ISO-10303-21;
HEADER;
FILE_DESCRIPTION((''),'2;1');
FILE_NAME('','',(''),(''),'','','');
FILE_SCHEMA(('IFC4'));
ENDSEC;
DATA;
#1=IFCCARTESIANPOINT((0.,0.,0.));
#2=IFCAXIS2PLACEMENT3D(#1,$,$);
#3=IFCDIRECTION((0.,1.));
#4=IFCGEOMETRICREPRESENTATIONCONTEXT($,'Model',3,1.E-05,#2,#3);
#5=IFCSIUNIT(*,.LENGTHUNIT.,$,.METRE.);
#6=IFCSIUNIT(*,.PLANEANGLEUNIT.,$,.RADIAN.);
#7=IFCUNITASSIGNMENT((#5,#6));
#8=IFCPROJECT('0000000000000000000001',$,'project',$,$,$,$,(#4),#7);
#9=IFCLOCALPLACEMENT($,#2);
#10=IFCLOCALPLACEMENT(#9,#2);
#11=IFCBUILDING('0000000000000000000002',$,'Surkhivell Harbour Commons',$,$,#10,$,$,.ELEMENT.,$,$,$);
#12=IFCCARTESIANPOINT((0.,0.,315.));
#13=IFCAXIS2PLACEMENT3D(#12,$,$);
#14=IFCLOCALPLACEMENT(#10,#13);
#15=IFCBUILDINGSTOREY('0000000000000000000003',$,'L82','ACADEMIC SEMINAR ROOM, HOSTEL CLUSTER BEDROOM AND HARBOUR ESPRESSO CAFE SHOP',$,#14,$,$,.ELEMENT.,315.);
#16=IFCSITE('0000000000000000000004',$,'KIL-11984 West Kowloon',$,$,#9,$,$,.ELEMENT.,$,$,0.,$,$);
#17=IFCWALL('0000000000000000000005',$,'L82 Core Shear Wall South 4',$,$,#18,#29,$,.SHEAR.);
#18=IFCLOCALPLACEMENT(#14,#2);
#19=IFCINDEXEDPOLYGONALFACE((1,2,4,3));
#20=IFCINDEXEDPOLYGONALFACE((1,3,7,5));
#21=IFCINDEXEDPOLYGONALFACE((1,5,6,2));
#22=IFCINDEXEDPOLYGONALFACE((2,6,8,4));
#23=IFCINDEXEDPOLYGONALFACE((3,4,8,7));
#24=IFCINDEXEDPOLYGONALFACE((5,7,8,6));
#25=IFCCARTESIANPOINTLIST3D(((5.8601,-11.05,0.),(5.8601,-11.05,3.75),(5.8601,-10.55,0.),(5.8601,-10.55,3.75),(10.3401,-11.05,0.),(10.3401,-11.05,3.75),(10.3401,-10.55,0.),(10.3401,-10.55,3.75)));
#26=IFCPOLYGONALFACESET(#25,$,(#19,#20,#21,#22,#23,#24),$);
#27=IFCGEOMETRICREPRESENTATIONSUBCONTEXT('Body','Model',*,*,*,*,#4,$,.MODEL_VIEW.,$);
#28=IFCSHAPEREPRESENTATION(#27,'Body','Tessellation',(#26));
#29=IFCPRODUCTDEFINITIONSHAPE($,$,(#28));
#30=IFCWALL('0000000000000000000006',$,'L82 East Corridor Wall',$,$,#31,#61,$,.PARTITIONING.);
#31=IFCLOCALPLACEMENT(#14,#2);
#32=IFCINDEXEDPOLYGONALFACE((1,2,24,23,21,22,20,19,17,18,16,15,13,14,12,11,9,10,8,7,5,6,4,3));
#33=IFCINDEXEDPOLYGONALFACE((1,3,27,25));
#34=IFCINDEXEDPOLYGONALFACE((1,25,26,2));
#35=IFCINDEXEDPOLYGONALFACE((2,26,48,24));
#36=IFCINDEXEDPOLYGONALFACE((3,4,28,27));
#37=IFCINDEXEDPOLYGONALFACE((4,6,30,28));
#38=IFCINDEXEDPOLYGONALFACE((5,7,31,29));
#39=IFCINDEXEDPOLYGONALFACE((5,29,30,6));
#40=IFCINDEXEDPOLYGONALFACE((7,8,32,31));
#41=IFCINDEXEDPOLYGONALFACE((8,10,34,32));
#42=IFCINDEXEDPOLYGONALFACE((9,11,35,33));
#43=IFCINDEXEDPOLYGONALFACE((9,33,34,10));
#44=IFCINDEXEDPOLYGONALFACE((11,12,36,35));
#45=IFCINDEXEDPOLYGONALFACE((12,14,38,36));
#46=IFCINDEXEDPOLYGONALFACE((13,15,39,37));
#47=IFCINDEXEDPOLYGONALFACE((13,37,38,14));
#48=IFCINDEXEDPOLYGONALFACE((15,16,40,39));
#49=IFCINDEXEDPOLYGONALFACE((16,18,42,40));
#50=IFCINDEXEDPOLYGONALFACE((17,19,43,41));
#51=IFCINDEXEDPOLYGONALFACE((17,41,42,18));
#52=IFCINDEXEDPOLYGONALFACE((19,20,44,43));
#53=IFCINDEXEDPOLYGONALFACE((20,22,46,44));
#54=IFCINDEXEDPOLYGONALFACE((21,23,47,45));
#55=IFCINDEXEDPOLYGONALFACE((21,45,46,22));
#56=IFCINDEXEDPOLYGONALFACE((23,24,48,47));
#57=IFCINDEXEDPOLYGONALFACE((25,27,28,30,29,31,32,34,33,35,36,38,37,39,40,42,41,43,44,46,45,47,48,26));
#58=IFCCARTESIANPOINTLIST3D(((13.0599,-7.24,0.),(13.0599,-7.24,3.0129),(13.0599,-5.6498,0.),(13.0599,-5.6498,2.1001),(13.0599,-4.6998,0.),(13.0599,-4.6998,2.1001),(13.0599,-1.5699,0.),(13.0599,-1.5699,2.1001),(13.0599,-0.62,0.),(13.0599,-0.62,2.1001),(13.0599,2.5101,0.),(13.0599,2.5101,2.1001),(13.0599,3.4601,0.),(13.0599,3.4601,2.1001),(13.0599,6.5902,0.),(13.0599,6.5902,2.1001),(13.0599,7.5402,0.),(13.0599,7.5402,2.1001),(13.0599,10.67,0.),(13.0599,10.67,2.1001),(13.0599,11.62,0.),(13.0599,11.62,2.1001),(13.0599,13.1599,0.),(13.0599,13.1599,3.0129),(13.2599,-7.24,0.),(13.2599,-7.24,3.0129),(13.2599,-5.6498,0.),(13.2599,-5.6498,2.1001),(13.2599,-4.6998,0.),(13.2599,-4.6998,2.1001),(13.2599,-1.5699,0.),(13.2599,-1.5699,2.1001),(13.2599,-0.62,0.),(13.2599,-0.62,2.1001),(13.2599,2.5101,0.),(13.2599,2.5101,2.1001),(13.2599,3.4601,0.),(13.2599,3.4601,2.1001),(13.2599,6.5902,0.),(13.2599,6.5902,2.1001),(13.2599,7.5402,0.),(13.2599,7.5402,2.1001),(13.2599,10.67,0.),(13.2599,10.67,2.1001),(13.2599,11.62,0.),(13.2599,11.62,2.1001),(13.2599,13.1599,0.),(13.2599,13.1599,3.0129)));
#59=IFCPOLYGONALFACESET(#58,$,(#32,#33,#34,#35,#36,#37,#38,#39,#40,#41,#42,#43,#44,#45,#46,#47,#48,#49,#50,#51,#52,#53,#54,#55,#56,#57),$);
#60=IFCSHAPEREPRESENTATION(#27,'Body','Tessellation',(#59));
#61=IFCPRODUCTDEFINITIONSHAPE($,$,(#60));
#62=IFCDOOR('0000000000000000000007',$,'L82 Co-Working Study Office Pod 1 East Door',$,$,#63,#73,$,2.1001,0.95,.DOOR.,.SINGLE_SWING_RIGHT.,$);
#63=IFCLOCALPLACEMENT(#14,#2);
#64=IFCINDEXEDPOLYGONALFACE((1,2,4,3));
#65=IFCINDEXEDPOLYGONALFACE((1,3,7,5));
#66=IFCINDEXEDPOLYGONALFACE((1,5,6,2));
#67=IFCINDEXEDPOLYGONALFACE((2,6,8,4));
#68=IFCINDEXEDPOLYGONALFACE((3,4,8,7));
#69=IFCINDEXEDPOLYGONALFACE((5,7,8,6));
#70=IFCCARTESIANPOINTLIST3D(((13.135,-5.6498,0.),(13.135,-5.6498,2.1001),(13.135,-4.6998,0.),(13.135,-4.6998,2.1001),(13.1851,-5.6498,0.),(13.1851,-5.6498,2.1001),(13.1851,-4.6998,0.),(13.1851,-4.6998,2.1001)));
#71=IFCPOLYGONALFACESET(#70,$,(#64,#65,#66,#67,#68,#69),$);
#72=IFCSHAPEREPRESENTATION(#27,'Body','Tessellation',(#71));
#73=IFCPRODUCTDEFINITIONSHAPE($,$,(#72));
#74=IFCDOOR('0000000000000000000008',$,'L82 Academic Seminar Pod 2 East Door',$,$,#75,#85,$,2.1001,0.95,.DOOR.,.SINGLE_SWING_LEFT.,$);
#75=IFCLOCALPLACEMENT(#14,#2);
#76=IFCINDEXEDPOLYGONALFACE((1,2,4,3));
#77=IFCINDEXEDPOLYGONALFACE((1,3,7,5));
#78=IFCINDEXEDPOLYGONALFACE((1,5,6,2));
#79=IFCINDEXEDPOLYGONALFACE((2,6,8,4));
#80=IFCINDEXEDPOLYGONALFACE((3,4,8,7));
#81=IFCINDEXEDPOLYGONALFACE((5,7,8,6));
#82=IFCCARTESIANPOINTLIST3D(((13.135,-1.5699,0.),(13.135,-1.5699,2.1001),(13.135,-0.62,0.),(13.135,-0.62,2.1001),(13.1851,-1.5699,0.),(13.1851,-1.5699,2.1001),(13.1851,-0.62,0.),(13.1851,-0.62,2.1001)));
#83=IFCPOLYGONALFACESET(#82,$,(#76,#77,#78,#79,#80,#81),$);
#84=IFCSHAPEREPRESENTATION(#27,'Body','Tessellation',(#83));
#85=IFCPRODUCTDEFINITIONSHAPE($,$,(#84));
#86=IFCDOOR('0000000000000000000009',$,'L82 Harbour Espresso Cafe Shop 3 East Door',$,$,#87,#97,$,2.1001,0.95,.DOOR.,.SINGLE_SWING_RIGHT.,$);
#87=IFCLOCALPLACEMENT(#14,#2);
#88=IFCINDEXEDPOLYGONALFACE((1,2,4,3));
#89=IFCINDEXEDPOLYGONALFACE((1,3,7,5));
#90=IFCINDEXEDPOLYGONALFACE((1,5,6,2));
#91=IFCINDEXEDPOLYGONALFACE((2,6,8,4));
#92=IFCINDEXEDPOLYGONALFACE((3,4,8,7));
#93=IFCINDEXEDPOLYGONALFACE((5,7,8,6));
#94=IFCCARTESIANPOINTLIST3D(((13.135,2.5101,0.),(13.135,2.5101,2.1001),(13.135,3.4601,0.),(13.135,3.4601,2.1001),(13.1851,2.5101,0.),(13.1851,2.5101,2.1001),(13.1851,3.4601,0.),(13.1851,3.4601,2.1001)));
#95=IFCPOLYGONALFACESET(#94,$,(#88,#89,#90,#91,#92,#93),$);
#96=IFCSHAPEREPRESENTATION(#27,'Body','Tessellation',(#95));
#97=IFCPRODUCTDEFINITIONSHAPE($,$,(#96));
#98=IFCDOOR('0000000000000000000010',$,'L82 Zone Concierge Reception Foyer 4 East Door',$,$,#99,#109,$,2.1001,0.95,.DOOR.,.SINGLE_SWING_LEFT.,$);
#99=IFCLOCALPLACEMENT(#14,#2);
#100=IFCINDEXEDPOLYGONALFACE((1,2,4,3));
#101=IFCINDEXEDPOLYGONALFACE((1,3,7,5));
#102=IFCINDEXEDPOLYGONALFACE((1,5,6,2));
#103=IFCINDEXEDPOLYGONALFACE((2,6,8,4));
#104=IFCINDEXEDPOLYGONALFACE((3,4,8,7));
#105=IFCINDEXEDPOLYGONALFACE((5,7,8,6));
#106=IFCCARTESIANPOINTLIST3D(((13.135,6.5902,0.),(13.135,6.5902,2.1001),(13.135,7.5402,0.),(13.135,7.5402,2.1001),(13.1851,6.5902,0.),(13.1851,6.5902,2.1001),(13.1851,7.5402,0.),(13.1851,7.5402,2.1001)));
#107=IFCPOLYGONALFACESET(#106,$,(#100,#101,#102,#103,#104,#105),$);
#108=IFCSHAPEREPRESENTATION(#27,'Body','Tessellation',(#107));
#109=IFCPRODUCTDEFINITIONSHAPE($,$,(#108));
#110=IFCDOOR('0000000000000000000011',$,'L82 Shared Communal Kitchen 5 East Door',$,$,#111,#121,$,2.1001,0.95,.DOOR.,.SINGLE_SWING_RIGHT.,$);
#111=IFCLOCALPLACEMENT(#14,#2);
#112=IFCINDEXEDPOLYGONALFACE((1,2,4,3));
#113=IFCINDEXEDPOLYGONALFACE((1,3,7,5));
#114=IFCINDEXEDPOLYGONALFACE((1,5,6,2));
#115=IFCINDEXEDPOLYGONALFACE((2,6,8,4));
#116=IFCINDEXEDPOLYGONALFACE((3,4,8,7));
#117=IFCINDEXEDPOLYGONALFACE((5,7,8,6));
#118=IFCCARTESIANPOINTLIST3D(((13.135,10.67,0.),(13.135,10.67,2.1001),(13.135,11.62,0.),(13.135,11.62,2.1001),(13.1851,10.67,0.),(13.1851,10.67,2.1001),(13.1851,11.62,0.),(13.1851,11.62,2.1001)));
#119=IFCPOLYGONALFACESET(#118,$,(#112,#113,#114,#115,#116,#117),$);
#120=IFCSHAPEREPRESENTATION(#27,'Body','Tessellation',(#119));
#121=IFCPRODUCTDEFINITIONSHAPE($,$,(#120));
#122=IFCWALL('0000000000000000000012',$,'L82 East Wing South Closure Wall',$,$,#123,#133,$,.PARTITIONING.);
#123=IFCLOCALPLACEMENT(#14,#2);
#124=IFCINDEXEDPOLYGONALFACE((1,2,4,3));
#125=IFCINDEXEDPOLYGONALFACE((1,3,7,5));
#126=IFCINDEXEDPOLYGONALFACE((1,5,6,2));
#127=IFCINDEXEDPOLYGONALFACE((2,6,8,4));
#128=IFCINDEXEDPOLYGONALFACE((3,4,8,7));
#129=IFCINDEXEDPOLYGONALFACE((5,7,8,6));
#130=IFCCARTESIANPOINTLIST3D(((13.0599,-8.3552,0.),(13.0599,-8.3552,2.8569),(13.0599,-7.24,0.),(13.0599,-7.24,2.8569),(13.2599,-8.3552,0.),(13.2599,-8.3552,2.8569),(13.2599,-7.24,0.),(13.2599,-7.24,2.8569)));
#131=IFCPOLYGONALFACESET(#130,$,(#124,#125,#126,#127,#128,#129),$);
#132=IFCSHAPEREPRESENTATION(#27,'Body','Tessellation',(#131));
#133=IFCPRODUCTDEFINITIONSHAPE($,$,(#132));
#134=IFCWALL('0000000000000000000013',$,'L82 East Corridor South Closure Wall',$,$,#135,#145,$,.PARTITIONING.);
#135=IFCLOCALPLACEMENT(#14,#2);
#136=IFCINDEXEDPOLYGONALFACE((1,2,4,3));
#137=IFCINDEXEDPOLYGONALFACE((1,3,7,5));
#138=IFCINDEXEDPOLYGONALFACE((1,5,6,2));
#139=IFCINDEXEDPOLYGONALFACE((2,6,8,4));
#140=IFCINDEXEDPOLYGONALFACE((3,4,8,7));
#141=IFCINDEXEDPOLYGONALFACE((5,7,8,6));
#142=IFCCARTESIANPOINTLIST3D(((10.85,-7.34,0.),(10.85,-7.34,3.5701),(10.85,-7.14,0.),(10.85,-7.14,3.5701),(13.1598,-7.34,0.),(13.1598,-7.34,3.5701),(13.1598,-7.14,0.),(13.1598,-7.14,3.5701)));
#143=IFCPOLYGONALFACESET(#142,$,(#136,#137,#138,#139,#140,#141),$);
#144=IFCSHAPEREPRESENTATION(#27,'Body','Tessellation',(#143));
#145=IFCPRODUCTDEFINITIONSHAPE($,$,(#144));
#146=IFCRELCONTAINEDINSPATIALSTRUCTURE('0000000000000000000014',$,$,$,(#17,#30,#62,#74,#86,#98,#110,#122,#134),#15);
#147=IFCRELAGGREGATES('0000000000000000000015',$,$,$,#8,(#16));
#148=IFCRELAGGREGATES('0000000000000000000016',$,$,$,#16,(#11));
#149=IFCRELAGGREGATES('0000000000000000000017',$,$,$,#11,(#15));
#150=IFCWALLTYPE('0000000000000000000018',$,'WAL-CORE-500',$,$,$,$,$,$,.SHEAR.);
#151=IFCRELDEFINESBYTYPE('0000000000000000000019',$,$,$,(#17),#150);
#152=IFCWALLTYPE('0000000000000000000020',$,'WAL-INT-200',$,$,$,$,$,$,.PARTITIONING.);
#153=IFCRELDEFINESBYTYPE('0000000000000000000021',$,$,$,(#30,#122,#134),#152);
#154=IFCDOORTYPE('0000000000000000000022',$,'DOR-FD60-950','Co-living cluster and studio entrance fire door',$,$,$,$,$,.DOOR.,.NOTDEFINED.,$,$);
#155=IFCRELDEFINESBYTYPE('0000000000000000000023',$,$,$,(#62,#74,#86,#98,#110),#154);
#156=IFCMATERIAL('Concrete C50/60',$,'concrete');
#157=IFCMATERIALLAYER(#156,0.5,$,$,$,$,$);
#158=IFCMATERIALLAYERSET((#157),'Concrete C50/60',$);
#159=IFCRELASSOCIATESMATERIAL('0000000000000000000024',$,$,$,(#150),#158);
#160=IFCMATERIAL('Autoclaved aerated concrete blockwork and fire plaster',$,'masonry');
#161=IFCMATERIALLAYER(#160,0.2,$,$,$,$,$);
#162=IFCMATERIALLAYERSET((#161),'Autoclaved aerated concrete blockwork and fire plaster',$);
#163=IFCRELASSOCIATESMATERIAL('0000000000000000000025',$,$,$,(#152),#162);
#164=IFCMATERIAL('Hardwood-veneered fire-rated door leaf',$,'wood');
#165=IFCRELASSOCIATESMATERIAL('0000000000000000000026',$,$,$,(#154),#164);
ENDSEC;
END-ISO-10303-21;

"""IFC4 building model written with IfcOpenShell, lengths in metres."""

from ifc_helpers import new_model, si_unit, direction, frame, frame_2d, origin, place, context, subcontext, project, spatial, rectangle, extrude, material, layer, layer_set, type_object, element, fill, save


model = new_model("IFC4")

# Units and contexts
model_context = context("Model", 3, precision=1e-05, world=origin(), true_north=direction((0.0, 1.0)))
body_context = subcontext(model_context, "Body", "Model", "MODEL_VIEW")
ifc_project = project(units=[si_unit("LENGTHUNIT", "METRE"), si_unit("PLANEANGLEUNIT", "RADIAN")], contexts=[model_context])

# Site, building, storey
site_placement = place(None, origin())
site = spatial("IfcSite", under=ifc_project, at=site_placement, Name="KIL-11984 West Kowloon", CompositionType="ELEMENT", RefElevation=0.0)
building_placement = place(site_placement, origin())
building = spatial("IfcBuilding", under=site, at=building_placement, Name="Surkhivell Harbour Commons", CompositionType="ELEMENT")
storey_placement = place(building_placement, frame((0.0, 0.0, 315.0)))
storey = spatial("IfcBuildingStorey", under=building, at=storey_placement, Name="L82", Description="ACADEMIC SEMINAR ROOM, HOSTEL CLUSTER BEDROOM AND HARBOUR ESPRESSO CAFE SHOP", CompositionType="ELEMENT", Elevation=315.0)

# Wall
ifc_material_1 = material(Name="Concrete C50/60", Category="concrete")
ifc_layer_1 = layer(ifc_material_1, 0.5)
ifc_layer_set_1 = layer_set([ifc_layer_1], Name="Concrete C50/60")
wall_type_1 = type_object("IfcWallType", Name="WAL-CORE-500", PredefinedType="SHEAR", material=ifc_layer_set_1)
for number, where, z_axis, x_axis, name in (
    (1, (5.8601, -10.8, 0.0), (0.0, 0.0, 1.0), (1.0, 0.0, 0.0), "L82 Core Shear Wall South 4"),
):
    element("IfcWall", number, at=place(storey_placement, frame(where, z_axis=z_axis, x_axis=x_axis)), inside=storey, type_object=wall_type_1, Name=name, PredefinedType="SHEAR", context=body_context, shape_type="SweptSolid", body=[
        extrude(rectangle(XDim=4.48, YDim=0.5, at=frame_2d((2.24, 0.0))), origin(), (0.0, 0.0, 1.0), 3.75),
    ])

# Wall, openings, doors
ifc_material_2 = material(Name="Autoclaved aerated concrete blockwork and fire plaster", Category="masonry")
ifc_layer_2 = layer(ifc_material_2, 0.2)
ifc_layer_set_2 = layer_set([ifc_layer_2], Name="Autoclaved aerated concrete blockwork and fire plaster")
wall_type_2 = type_object("IfcWallType", Name="WAL-INT-200", PredefinedType="PARTITIONING", material=ifc_layer_set_2)
wall_1_placement = place(storey_placement, frame((13.1599, -7.24, 0.0), z_axis=(0.0, 0.0, 1.0), x_axis=(0.0, 1.0, 0.0)))
wall_1 = element("IfcWall", 2, at=wall_1_placement, inside=storey, type_object=wall_type_2, Name="L82 East Corridor Wall", PredefinedType="PARTITIONING", context=body_context, shape_type="SweptSolid", body=[
    extrude(rectangle(XDim=20.3999, YDim=0.2, at=frame_2d((10.2, 0.0))), origin(), (0.0, 0.0, 1.0), 3.0129),
])
opening_1_placement = place(wall_1_placement, frame((1.5901, 0.0, 0.0)))
opening_1 = element("IfcOpeningElement", 3, at=opening_1_placement, cuts=wall_1, PredefinedType="OPENING", context=body_context, shape_type="SweptSolid", body=[
    extrude(rectangle(XDim=0.95, YDim=2.1001, at=frame_2d((0.4751, 1.05))), frame((0.0, 0.1099, 0.0), z_axis=(0.0, -1.0, 0.0), x_axis=(1.0, 0.0, 0.0)), (0.0, 0.0, 1.0), 0.22),
])
opening_2_placement = place(wall_1_placement, frame((5.6699, 0.0, 0.0)))
opening_2 = element("IfcOpeningElement", 4, at=opening_2_placement, cuts=wall_1, PredefinedType="OPENING", context=body_context, shape_type="SweptSolid", body=[
    extrude(rectangle(XDim=0.95, YDim=2.1001, at=frame_2d((0.4751, 1.05))), frame((0.0, 0.1099, 0.0), z_axis=(0.0, -1.0, 0.0), x_axis=(1.0, 0.0, 0.0)), (0.0, 0.0, 1.0), 0.22),
])
opening_3_placement = place(wall_1_placement, frame((9.75, 0.0, 0.0)))
opening_3 = element("IfcOpeningElement", 5, at=opening_3_placement, cuts=wall_1, PredefinedType="OPENING", context=body_context, shape_type="SweptSolid", body=[
    extrude(rectangle(XDim=0.95, YDim=2.1001, at=frame_2d((0.4751, 1.05))), frame((0.0, 0.1099, 0.0), z_axis=(0.0, -1.0, 0.0), x_axis=(1.0, 0.0, 0.0)), (0.0, 0.0, 1.0), 0.22),
])
opening_4_placement = place(wall_1_placement, frame((13.8301, 0.0, 0.0)))
opening_4 = element("IfcOpeningElement", 6, at=opening_4_placement, cuts=wall_1, PredefinedType="OPENING", context=body_context, shape_type="SweptSolid", body=[
    extrude(rectangle(XDim=0.95, YDim=2.1001, at=frame_2d((0.4751, 1.05))), frame((0.0, 0.1099, 0.0), z_axis=(0.0, -1.0, 0.0), x_axis=(1.0, 0.0, 0.0)), (0.0, 0.0, 1.0), 0.22),
])
opening_5_placement = place(wall_1_placement, frame((17.9099, 0.0, 0.0)))
opening_5 = element("IfcOpeningElement", 7, at=opening_5_placement, cuts=wall_1, PredefinedType="OPENING", context=body_context, shape_type="SweptSolid", body=[
    extrude(rectangle(XDim=0.95, YDim=2.1001, at=frame_2d((0.4751, 1.05))), frame((0.0, 0.1099, 0.0), z_axis=(0.0, -1.0, 0.0), x_axis=(1.0, 0.0, 0.0)), (0.0, 0.0, 1.0), 0.22),
])
ifc_material_3 = material(Name="Hardwood-veneered fire-rated door leaf", Category="wood")
door_type = type_object("IfcDoorType", Name="DOR-FD60-950", Description="Co-living cluster and studio entrance fire door", OperationType="NOTDEFINED", PredefinedType="DOOR", material=ifc_material_3)
door_1_placement = place(opening_1_placement, origin())
door_1 = element("IfcDoor", 8, at=door_1_placement, inside=storey, type_object=door_type, Name="L82 Co-Working Study Office Pod 1 East Door", OperationType="SINGLE_SWING_RIGHT", OverallHeight=2.1001, OverallWidth=0.95, PredefinedType="DOOR", context=body_context, shape_type="SweptSolid", body=[
    extrude(rectangle(XDim=0.95, YDim=2.1001, at=frame_2d((0.4751, 1.05))), frame((0.0, 0.0249, 0.0), z_axis=(0.0, -1.0, 0.0), x_axis=(1.0, 0.0, 0.0)), (0.0, 0.0, 1.0), 0.05),
])
fill(opening_1, door_1)
door_2_placement = place(opening_2_placement, origin())
door_2 = element("IfcDoor", 9, at=door_2_placement, inside=storey, type_object=door_type, Name="L82 Academic Seminar Pod 2 East Door", OperationType="SINGLE_SWING_LEFT", OverallHeight=2.1001, OverallWidth=0.95, PredefinedType="DOOR", context=body_context, shape_type="SweptSolid", body=[
    extrude(rectangle(XDim=0.95, YDim=2.1001, at=frame_2d((0.4751, 1.05))), frame((0.0, 0.0249, 0.0), z_axis=(0.0, -1.0, 0.0), x_axis=(1.0, 0.0, 0.0)), (0.0, 0.0, 1.0), 0.05),
])
fill(opening_2, door_2)
door_3_placement = place(opening_3_placement, origin())
door_3 = element("IfcDoor", 10, at=door_3_placement, inside=storey, type_object=door_type, Name="L82 Harbour Espresso Cafe Shop 3 East Door", OperationType="SINGLE_SWING_RIGHT", OverallHeight=2.1001, OverallWidth=0.95, PredefinedType="DOOR", context=body_context, shape_type="SweptSolid", body=[
    extrude(rectangle(XDim=0.95, YDim=2.1001, at=frame_2d((0.4751, 1.05))), frame((0.0, 0.0249, 0.0), z_axis=(0.0, -1.0, 0.0), x_axis=(1.0, 0.0, 0.0)), (0.0, 0.0, 1.0), 0.05),
])
fill(opening_3, door_3)
door_4_placement = place(opening_4_placement, origin())
door_4 = element("IfcDoor", 11, at=door_4_placement, inside=storey, type_object=door_type, Name="L82 Zone Concierge Reception Foyer 4 East Door", OperationType="SINGLE_SWING_LEFT", OverallHeight=2.1001, OverallWidth=0.95, PredefinedType="DOOR", context=body_context, shape_type="SweptSolid", body=[
    extrude(rectangle(XDim=0.95, YDim=2.1001, at=frame_2d((0.4751, 1.05))), frame((0.0, 0.0249, 0.0), z_axis=(0.0, -1.0, 0.0), x_axis=(1.0, 0.0, 0.0)), (0.0, 0.0, 1.0), 0.05),
])
fill(opening_4, door_4)
door_5_placement = place(opening_5_placement, origin())
door_5 = element("IfcDoor", 12, at=door_5_placement, inside=storey, type_object=door_type, Name="L82 Shared Communal Kitchen 5 East Door", OperationType="SINGLE_SWING_RIGHT", OverallHeight=2.1001, OverallWidth=0.95, PredefinedType="DOOR", context=body_context, shape_type="SweptSolid", body=[
    extrude(rectangle(XDim=0.95, YDim=2.1001, at=frame_2d((0.4751, 1.05))), frame((0.0, 0.0249, 0.0), z_axis=(0.0, -1.0, 0.0), x_axis=(1.0, 0.0, 0.0)), (0.0, 0.0, 1.0), 0.05),
])
fill(opening_5, door_5)

# Walls
wall_2_placement = place(storey_placement, frame((13.1599, -8.3552, 0.0), z_axis=(0.0, 0.0, 1.0), x_axis=(0.0, 1.0, 0.0)))
element("IfcWall", 13, at=wall_2_placement, inside=storey, type_object=wall_type_2, Name="L82 East Wing South Closure Wall", PredefinedType="PARTITIONING", context=body_context, shape_type="SweptSolid", body=[
    extrude(rectangle(XDim=1.1152, YDim=0.2, at=frame_2d((0.5576, 0.0))), origin(), (0.0, 0.0, 1.0), 2.8569),
])
wall_3_placement = place(storey_placement, frame((10.8501, -7.24, 0.0), z_axis=(0.0, 0.0, 1.0), x_axis=(1.0, 0.0, 0.0)))
element("IfcWall", 14, at=wall_3_placement, inside=storey, type_object=wall_type_2, Name="L82 East Corridor South Closure Wall", PredefinedType="PARTITIONING", context=body_context, shape_type="SweptSolid", body=[
    extrude(rectangle(XDim=2.3098, YDim=0.2, at=frame_2d((1.1548, 0.0))), origin(), (0.0, 0.0, 1.0), 3.5701),
])

save(model, "model.ifc")
